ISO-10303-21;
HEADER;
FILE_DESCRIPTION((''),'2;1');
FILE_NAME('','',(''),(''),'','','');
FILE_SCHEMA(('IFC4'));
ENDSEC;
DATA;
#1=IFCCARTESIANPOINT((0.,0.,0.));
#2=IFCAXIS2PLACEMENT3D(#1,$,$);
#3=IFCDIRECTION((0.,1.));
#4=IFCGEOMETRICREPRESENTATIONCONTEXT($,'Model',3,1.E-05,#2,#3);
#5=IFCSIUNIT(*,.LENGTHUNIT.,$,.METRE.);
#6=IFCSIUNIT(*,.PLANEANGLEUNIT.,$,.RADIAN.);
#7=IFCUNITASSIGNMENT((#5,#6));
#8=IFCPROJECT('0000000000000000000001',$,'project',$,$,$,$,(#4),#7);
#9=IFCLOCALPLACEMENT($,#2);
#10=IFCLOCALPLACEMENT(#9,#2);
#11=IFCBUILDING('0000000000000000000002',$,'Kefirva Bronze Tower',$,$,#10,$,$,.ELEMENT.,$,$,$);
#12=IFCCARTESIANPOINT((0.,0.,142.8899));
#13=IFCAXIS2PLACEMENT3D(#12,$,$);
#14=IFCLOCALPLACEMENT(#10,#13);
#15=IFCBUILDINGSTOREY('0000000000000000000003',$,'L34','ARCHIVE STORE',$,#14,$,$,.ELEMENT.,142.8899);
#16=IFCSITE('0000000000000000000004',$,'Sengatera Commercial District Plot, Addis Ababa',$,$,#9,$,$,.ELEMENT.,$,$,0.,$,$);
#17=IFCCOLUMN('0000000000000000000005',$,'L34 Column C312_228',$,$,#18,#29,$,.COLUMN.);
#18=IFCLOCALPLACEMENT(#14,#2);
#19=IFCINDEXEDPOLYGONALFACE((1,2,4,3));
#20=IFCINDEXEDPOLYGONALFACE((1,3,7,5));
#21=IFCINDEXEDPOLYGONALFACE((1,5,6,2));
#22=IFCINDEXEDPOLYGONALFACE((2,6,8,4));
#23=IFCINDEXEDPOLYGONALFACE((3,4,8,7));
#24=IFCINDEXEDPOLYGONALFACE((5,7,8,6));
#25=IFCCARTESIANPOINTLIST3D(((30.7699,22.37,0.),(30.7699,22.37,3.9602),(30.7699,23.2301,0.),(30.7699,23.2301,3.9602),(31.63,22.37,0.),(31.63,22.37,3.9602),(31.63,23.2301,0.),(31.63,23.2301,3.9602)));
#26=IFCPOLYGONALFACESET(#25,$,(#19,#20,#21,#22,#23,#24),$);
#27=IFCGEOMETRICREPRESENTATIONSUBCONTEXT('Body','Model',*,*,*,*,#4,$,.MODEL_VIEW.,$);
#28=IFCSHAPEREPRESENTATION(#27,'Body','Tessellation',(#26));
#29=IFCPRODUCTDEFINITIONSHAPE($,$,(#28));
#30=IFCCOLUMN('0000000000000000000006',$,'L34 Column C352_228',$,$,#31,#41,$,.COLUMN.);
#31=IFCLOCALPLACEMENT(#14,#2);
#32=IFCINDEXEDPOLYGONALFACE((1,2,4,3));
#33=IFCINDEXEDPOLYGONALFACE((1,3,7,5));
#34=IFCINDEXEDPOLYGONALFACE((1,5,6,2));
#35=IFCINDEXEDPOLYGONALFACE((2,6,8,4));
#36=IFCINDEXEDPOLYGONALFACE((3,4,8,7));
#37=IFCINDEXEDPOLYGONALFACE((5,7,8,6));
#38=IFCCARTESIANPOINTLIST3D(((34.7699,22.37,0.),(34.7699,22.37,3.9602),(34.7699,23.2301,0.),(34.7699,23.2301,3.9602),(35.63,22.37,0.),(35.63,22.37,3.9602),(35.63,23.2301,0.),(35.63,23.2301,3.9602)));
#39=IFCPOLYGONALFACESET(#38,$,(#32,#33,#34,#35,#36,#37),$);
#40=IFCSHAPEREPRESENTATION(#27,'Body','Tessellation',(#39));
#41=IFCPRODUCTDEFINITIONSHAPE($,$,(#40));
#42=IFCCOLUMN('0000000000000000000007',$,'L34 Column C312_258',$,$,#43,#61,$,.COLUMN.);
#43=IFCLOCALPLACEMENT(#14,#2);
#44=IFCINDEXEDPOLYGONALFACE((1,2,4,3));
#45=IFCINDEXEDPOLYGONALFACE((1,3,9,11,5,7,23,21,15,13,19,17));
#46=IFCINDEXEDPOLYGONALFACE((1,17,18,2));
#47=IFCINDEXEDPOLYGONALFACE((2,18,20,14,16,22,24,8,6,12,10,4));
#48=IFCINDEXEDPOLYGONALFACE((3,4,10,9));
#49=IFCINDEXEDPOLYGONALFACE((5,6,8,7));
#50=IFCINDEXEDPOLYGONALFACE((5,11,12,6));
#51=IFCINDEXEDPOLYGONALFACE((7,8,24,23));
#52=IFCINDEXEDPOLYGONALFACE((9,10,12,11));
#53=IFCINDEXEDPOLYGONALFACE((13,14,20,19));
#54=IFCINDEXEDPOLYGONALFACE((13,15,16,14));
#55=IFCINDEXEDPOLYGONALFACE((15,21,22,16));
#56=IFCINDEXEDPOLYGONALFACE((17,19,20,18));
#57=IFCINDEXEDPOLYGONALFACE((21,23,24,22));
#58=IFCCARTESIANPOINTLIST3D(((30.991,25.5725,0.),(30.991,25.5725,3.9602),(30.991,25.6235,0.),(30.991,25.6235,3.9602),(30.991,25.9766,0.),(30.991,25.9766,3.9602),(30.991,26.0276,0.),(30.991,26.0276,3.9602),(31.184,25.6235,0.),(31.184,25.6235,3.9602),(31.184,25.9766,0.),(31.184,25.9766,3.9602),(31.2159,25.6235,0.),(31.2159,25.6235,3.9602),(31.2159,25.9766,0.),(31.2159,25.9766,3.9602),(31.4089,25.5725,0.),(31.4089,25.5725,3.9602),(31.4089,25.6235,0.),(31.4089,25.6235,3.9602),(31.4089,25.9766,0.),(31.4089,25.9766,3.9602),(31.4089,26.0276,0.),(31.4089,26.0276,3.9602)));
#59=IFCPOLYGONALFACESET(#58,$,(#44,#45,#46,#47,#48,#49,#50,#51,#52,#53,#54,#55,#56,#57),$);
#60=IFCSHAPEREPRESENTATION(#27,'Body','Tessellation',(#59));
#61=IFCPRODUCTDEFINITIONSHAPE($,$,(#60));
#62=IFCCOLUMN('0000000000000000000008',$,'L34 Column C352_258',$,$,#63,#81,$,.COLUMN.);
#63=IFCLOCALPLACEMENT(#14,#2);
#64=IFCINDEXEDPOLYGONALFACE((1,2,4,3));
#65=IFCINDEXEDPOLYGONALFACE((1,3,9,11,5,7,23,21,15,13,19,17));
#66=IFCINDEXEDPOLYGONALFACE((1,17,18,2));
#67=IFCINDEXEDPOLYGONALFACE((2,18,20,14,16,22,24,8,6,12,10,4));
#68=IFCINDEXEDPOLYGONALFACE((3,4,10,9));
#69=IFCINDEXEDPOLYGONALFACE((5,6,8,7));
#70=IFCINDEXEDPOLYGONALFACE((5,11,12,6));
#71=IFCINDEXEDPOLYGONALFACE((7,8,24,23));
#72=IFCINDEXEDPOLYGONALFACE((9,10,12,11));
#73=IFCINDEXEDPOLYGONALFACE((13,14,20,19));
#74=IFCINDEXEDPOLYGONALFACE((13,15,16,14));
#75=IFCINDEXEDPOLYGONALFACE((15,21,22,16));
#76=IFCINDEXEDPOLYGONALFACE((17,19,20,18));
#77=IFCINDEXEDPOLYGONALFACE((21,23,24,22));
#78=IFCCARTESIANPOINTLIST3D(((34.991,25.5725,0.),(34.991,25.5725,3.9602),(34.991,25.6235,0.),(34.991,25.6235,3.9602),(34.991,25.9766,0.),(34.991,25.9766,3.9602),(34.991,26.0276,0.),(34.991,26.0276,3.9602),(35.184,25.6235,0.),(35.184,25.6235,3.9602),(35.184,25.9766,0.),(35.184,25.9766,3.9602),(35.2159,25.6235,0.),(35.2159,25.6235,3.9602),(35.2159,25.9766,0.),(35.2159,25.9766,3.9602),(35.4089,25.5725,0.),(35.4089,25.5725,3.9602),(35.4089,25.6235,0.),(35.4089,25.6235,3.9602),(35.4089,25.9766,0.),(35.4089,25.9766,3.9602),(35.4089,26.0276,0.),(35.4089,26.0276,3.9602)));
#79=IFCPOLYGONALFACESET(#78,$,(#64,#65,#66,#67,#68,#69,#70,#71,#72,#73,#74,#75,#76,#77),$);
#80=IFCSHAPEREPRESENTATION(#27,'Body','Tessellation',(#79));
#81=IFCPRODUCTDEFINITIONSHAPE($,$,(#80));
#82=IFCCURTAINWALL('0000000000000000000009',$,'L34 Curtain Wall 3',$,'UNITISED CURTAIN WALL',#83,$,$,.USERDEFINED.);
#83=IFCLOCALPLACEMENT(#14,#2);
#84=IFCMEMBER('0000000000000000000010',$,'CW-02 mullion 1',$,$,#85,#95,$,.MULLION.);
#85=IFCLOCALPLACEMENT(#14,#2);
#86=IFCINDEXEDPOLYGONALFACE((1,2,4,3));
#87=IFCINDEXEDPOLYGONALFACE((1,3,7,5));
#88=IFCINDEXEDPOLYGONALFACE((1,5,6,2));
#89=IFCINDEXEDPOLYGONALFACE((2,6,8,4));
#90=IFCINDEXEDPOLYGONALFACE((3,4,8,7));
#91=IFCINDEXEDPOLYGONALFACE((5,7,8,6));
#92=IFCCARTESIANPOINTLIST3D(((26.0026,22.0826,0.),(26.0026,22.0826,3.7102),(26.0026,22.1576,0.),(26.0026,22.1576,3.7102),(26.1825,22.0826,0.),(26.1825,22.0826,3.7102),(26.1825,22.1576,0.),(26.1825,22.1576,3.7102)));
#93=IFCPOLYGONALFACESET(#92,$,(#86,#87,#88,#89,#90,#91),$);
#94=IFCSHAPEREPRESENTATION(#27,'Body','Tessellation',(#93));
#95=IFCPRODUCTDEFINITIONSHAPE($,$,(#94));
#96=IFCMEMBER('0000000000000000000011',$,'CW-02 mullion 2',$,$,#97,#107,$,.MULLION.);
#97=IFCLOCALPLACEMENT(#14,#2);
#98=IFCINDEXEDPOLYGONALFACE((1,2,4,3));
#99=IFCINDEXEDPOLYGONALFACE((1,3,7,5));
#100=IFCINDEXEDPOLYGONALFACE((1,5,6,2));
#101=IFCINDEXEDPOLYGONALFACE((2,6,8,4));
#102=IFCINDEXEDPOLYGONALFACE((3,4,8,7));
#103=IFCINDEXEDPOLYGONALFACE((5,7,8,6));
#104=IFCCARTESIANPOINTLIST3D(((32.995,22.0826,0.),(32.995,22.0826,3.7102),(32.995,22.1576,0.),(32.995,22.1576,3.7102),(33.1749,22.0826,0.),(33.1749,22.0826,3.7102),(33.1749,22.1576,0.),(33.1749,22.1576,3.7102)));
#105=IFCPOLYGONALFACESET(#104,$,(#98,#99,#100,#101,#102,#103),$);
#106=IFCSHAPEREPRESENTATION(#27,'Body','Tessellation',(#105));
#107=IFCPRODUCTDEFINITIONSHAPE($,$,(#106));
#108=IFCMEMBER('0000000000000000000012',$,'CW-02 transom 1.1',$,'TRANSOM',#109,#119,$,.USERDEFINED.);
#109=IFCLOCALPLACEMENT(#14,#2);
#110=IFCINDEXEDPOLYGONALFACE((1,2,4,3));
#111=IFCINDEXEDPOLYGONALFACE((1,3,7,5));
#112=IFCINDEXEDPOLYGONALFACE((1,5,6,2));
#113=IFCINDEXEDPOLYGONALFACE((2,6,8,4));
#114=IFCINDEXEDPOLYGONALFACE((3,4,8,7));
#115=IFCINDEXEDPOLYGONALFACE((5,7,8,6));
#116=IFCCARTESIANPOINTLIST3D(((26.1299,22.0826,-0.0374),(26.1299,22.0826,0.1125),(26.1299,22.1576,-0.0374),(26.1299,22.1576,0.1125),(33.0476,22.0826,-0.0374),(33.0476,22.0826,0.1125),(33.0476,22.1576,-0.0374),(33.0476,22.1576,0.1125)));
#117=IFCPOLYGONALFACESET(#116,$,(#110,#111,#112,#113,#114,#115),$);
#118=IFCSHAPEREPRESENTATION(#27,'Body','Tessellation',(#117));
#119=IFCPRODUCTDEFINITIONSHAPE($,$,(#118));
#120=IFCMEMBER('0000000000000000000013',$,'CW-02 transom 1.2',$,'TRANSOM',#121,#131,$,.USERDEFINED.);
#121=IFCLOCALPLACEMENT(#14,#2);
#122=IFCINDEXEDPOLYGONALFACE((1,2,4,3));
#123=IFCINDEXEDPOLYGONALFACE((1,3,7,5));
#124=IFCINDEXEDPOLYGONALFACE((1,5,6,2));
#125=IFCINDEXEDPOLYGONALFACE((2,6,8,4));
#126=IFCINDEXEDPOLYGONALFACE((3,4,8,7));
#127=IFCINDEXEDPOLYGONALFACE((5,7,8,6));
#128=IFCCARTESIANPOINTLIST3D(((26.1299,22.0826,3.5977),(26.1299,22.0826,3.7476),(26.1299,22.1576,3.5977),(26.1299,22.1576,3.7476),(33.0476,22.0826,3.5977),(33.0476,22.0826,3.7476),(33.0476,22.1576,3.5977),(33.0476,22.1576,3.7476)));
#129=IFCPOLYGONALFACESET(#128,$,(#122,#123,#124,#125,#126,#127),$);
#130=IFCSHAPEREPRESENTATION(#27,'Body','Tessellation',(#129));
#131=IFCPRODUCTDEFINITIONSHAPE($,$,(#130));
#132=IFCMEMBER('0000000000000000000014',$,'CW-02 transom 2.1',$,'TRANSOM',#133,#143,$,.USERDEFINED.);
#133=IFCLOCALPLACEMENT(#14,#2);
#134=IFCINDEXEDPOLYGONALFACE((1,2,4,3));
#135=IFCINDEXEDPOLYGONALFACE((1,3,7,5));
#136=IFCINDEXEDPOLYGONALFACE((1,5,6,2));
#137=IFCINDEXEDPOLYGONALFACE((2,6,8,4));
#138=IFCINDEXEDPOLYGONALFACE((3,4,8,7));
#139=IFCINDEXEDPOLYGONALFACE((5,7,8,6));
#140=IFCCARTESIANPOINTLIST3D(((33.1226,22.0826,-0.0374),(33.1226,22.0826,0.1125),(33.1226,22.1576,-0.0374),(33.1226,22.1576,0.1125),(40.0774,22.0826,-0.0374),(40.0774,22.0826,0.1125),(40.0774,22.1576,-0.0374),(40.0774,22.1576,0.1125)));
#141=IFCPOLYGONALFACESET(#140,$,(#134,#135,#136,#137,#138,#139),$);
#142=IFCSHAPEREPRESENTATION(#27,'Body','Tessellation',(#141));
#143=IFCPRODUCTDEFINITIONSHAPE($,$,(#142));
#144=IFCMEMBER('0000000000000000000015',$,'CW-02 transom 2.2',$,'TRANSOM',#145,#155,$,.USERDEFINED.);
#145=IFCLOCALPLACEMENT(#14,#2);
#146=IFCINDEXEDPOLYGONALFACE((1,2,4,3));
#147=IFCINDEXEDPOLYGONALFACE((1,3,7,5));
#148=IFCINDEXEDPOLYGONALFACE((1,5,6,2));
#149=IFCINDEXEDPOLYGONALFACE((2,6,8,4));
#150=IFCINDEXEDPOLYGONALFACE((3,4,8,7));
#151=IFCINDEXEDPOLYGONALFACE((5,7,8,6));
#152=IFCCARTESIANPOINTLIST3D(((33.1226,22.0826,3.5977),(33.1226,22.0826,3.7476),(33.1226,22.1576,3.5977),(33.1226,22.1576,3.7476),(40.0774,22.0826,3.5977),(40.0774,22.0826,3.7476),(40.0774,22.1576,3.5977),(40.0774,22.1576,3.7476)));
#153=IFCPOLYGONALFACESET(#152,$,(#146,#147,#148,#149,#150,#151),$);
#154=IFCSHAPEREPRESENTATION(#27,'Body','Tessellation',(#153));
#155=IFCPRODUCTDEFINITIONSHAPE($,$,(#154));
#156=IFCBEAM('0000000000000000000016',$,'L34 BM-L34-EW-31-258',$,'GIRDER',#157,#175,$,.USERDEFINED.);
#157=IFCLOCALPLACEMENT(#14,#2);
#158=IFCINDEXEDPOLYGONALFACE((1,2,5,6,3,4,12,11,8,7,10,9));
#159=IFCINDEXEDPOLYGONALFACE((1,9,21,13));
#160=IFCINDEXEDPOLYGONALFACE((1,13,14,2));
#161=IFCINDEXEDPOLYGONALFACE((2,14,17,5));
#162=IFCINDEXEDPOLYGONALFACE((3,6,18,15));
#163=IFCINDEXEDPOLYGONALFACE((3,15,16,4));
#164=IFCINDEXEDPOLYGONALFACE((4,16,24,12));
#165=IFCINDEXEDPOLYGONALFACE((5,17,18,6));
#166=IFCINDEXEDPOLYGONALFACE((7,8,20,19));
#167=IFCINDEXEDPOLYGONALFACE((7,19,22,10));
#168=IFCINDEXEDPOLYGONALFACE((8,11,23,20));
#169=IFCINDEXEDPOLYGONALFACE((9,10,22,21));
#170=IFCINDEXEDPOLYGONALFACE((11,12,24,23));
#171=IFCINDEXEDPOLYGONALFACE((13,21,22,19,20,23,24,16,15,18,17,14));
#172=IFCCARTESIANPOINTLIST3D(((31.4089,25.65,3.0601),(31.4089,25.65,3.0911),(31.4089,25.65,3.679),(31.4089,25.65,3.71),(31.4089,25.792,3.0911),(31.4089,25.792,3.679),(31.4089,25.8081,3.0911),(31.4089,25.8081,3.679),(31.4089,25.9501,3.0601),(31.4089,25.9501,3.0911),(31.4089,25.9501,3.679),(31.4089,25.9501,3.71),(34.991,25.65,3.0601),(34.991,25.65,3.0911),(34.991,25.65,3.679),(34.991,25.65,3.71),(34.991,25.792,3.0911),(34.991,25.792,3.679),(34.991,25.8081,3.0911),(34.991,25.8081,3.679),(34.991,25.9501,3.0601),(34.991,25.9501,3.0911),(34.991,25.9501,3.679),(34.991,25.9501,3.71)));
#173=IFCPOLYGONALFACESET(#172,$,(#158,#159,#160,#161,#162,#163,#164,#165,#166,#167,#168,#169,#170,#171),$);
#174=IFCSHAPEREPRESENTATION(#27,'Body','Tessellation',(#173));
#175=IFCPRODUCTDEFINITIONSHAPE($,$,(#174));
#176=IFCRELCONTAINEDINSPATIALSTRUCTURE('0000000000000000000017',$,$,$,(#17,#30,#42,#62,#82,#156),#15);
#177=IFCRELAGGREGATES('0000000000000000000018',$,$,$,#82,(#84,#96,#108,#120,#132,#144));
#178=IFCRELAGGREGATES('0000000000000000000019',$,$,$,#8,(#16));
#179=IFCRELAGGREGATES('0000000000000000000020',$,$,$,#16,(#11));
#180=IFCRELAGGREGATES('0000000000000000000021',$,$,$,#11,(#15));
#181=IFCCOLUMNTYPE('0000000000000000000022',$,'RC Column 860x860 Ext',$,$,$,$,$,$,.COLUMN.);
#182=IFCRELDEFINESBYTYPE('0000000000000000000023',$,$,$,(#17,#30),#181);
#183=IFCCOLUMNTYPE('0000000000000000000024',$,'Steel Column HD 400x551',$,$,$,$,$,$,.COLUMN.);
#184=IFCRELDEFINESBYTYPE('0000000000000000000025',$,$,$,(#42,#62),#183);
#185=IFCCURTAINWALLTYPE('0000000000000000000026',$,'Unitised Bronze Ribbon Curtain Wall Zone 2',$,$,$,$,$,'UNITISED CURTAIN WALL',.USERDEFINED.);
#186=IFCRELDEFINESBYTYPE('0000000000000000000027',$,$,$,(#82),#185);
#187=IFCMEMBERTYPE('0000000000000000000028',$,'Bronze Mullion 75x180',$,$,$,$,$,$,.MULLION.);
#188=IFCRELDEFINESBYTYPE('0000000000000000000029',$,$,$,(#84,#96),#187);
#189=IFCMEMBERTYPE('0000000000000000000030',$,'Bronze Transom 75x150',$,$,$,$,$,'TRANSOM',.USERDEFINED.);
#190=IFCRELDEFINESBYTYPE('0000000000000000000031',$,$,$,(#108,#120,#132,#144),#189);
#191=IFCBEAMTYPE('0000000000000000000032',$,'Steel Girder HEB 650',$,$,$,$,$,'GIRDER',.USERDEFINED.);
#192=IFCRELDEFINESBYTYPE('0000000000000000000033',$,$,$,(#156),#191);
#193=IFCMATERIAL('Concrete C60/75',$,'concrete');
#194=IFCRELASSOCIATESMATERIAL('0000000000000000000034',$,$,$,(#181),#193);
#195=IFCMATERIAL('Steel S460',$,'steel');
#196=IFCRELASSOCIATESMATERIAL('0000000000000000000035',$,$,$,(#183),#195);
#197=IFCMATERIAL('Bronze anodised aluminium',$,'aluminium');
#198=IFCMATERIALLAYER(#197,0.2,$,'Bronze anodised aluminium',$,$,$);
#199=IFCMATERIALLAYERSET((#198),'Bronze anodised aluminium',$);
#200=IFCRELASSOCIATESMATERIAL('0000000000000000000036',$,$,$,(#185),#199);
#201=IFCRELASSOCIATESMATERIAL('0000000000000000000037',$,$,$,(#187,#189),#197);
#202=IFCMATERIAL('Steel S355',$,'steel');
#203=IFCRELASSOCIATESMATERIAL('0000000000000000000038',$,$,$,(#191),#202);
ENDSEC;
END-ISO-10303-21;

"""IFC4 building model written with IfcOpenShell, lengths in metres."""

from ifc_helpers import new_model, si_unit, direction, frame, origin, origin_2d, place, context, subcontext, project, spatial, rectangle, i_section, extrude, material, layer, layer_set, material_profile, profile_set, type_object, element, aggregate, save


model = new_model("IFC4")

# Units and contexts
model_context = context("Model", 3, precision=1e-05, world=origin(), true_north=direction((0.0, 1.0)))
body_context = subcontext(model_context, "Body", "Model", "MODEL_VIEW")
ifc_project = project(units=[si_unit("LENGTHUNIT", "METRE"), si_unit("PLANEANGLEUNIT", "RADIAN")], contexts=[model_context])

# Site, building, storey
site_placement = place(None, origin())
site = spatial("IfcSite", under=ifc_project, at=site_placement, Name="Sengatera Commercial District Plot, Addis Ababa", CompositionType="ELEMENT", RefElevation=0.0)
building_placement = place(site_placement, origin())
building = spatial("IfcBuilding", under=site, at=building_placement, Name="Kefirva Bronze Tower", CompositionType="ELEMENT")
storey_placement = place(building_placement, frame((0.0, 0.0, 142.8899)))
storey = spatial("IfcBuildingStorey", under=building, at=storey_placement, Name="L34", Description="ARCHIVE STORE", CompositionType="ELEMENT", Elevation=142.8899)

# Columns
ifc_material_1 = material(Name="Concrete C60/75", Category="concrete")
ifc_material_profile_1 = material_profile(ifc_material_1, rectangle(XDim=0.8601, YDim=0.8601, at=origin_2d()), Name="RC 860x860")
ifc_profile_set_1 = profile_set([ifc_material_profile_1], Name="Concrete C60/75")
column_type_1 = type_object("IfcColumnType", Name="RC Column 860x860 Ext", PredefinedType="COLUMN", material=ifc_profile_set_1)
for number, where, z_axis, x_axis, name in (
    (1, (31.2, 22.8, 0.0), (0.0, 0.0, 1.0), (1.0, 0.0, 0.0), "L34 Column C312_228"),
    (2, (35.2, 22.8, 0.0), (0.0, 0.0, 1.0), (1.0, 0.0, 0.0), "L34 Column C352_228"),
):
    element("IfcColumn", number, at=place(storey_placement, frame(where, z_axis=z_axis, x_axis=x_axis)), inside=storey, type_object=column_type_1, Name=name, PredefinedType="COLUMN", context=body_context, shape_type="SweptSolid", body=[
        extrude(rectangle(XDim=0.8601, YDim=0.8601, at=origin_2d()), origin(), (0.0, 0.0, 1.0), 3.9602),
    ])
ifc_material_2 = material(Name="Steel S460", Category="steel")
ifc_material_profile_2 = material_profile(ifc_material_2, i_section(OverallWidth=0.418, OverallDepth=0.4551, WebThickness=0.032, FlangeThickness=0.051, at=origin_2d()), Name="HD 400x551")
ifc_profile_set_2 = profile_set([ifc_material_profile_2], Name="Steel S460")
column_type_2 = type_object("IfcColumnType", Name="Steel Column HD 400x551", PredefinedType="COLUMN", material=ifc_profile_set_2)
for number, where, z_axis, x_axis, name in (
    (3, (31.2, 25.8, 0.0), (0.0, 0.0, 1.0), (1.0, 0.0, 0.0), "L34 Column C312_258"),
    (4, (35.2, 25.8, 0.0), (0.0, 0.0, 1.0), (1.0, 0.0, 0.0), "L34 Column C352_258"),
):
    element("IfcColumn", number, at=place(storey_placement, frame(where, z_axis=z_axis, x_axis=x_axis)), inside=storey, type_object=column_type_2, Name=name, PredefinedType="COLUMN", context=body_context, shape_type="SweptSolid", body=[
        extrude(i_section(OverallWidth=0.418, OverallDepth=0.4551, WebThickness=0.032, FlangeThickness=0.051, at=origin_2d()), origin(), (0.0, 0.0, 1.0), 3.9602),
    ])

# Curtain wall, members
ifc_material_3 = material(Name="Bronze anodised aluminium", Category="aluminium")
ifc_layer_1 = layer(ifc_material_3, 0.2, Name="Bronze anodised aluminium")
ifc_layer_set_1 = layer_set([ifc_layer_1], Name="Bronze anodised aluminium")
curtain_wall_type = type_object("IfcCurtainWallType", Name="Unitised Bronze Ribbon Curtain Wall Zone 2", ElementType="UNITISED CURTAIN WALL", PredefinedType="USERDEFINED", material=ifc_layer_set_1)
curtain_wall_placement = place(storey_placement, origin())
curtain_wall = element("IfcCurtainWall", 5, at=curtain_wall_placement, inside=storey, type_object=curtain_wall_type, Name="L34 Curtain Wall 3", ObjectType="UNITISED CURTAIN WALL", PredefinedType="USERDEFINED")
ifc_material_profile_3 = material_profile(ifc_material_3, rectangle(XDim=0.075, YDim=0.1799, at=origin_2d()), Name="ALU 75x180")
ifc_profile_set_3 = profile_set([ifc_material_profile_3], Name="Bronze anodised aluminium")
member_type_1 = type_object("IfcMemberType", Name="Bronze Mullion 75x180", PredefinedType="MULLION", material=ifc_profile_set_3)
member_1_placement = place(storey_placement, frame((26.0925, 22.1201, 0.0), z_axis=(0.0, 0.0, 1.0), x_axis=(0.0, 1.0, 0.0)))
member_1 = element("IfcMember", 6, at=member_1_placement, type_object=member_type_1, Name="CW-02 mullion 1", PredefinedType="MULLION", context=body_context, shape_type="SweptSolid", body=[
    extrude(rectangle(XDim=0.075, YDim=0.1799, at=origin_2d()), origin(), (0.0, 0.0, 1.0), 3.7102),
])
member_2_placement = place(storey_placement, frame((33.085, 22.1201, 0.0), z_axis=(0.0, 0.0, 1.0), x_axis=(0.0, 1.0, 0.0)))
member_2 = element("IfcMember", 7, at=member_2_placement, type_object=member_type_1, Name="CW-02 mullion 2", PredefinedType="MULLION", context=body_context, shape_type="SweptSolid", body=[
    extrude(rectangle(XDim=0.075, YDim=0.1799, at=origin_2d()), origin(), (0.0, 0.0, 1.0), 3.7102),
])
ifc_material_profile_4 = material_profile(ifc_material_3, rectangle(XDim=0.075, YDim=0.1499, at=origin_2d()), Name="ALU 75x150")
ifc_profile_set_4 = profile_set([ifc_material_profile_4], Name="Bronze anodised aluminium")
member_type_2 = type_object("IfcMemberType", Name="Bronze Transom 75x150", ElementType="TRANSOM", PredefinedType="USERDEFINED", material=ifc_profile_set_4)
member_3_placement = place(storey_placement, frame((26.1299, 22.1201, 0.0376), z_axis=(1.0, 0.0, 0.0), x_axis=(0.0, 1.0, 0.0)))
member_3 = element("IfcMember", 8, at=member_3_placement, type_object=member_type_2, Name="CW-02 transom 1.1", ObjectType="TRANSOM", PredefinedType="USERDEFINED", context=body_context, shape_type="SweptSolid", body=[
    extrude(rectangle(XDim=0.075, YDim=0.1499, at=origin_2d()), origin(), (0.0, 0.0, 1.0), 6.9177),
])
member_4_placement = place(storey_placement, frame((26.1299, 22.1201, 3.6726), z_axis=(1.0, 0.0, 0.0), x_axis=(0.0, 1.0, 0.0)))
member_4 = element("IfcMember", 9, at=member_4_placement, type_object=member_type_2, Name="CW-02 transom 1.2", ObjectType="TRANSOM", PredefinedType="USERDEFINED", context=body_context, shape_type="SweptSolid", body=[
    extrude(rectangle(XDim=0.075, YDim=0.1499, at=origin_2d()), origin(), (0.0, 0.0, 1.0), 6.9177),
])
member_5_placement = place(storey_placement, frame((33.1226, 22.1201, 0.0376), z_axis=(1.0, 0.0, 0.0), x_axis=(0.0, 1.0, 0.0)))
member_5 = element("IfcMember", 10, at=member_5_placement, type_object=member_type_2, Name="CW-02 transom 2.1", ObjectType="TRANSOM", PredefinedType="USERDEFINED", context=body_context, shape_type="SweptSolid", body=[
    extrude(rectangle(XDim=0.075, YDim=0.1499, at=origin_2d()), origin(), (0.0, 0.0, 1.0), 6.9548),
])
member_6_placement = place(storey_placement, frame((33.1226, 22.1201, 3.6726), z_axis=(1.0, 0.0, 0.0), x_axis=(0.0, 1.0, 0.0)))
member_6 = element("IfcMember", 11, at=member_6_placement, type_object=member_type_2, Name="CW-02 transom 2.2", ObjectType="TRANSOM", PredefinedType="USERDEFINED", context=body_context, shape_type="SweptSolid", body=[
    extrude(rectangle(XDim=0.075, YDim=0.1499, at=origin_2d()), origin(), (0.0, 0.0, 1.0), 6.9548),
])

# Beam
ifc_material_4 = material(Name="Steel S355", Category="steel")
ifc_material_profile_5 = material_profile(ifc_material_4, i_section(OverallWidth=0.3, OverallDepth=0.6499, WebThickness=0.0161, FlangeThickness=0.031, at=origin_2d()), Name="HEB 650")
ifc_profile_set_5 = profile_set([ifc_material_profile_5], Name="Steel S355")
beam_type_1 = type_object("IfcBeamType", Name="Steel Girder HEB 650", ElementType="GIRDER", PredefinedType="USERDEFINED", material=ifc_profile_set_5)
beam_1_placement = place(storey_placement, frame((31.4089, 25.8, 3.385), z_axis=(1.0, 0.0, 0.0), x_axis=(0.0, 1.0, 0.0)))
element("IfcBeam", 12, at=beam_1_placement, inside=storey, type_object=beam_type_1, Name="L34 BM-L34-EW-31-258", ObjectType="GIRDER", PredefinedType="USERDEFINED", context=body_context, shape_type="SweptSolid", body=[
    extrude(i_section(OverallWidth=0.3, OverallDepth=0.6499, WebThickness=0.0161, FlangeThickness=0.031, at=origin_2d()), origin(), (0.0, 0.0, 1.0), 3.582),
])

aggregate(curtain_wall, [member_1, member_2, member_3, member_4, member_5, member_6])

save(model, "model.ifc")
